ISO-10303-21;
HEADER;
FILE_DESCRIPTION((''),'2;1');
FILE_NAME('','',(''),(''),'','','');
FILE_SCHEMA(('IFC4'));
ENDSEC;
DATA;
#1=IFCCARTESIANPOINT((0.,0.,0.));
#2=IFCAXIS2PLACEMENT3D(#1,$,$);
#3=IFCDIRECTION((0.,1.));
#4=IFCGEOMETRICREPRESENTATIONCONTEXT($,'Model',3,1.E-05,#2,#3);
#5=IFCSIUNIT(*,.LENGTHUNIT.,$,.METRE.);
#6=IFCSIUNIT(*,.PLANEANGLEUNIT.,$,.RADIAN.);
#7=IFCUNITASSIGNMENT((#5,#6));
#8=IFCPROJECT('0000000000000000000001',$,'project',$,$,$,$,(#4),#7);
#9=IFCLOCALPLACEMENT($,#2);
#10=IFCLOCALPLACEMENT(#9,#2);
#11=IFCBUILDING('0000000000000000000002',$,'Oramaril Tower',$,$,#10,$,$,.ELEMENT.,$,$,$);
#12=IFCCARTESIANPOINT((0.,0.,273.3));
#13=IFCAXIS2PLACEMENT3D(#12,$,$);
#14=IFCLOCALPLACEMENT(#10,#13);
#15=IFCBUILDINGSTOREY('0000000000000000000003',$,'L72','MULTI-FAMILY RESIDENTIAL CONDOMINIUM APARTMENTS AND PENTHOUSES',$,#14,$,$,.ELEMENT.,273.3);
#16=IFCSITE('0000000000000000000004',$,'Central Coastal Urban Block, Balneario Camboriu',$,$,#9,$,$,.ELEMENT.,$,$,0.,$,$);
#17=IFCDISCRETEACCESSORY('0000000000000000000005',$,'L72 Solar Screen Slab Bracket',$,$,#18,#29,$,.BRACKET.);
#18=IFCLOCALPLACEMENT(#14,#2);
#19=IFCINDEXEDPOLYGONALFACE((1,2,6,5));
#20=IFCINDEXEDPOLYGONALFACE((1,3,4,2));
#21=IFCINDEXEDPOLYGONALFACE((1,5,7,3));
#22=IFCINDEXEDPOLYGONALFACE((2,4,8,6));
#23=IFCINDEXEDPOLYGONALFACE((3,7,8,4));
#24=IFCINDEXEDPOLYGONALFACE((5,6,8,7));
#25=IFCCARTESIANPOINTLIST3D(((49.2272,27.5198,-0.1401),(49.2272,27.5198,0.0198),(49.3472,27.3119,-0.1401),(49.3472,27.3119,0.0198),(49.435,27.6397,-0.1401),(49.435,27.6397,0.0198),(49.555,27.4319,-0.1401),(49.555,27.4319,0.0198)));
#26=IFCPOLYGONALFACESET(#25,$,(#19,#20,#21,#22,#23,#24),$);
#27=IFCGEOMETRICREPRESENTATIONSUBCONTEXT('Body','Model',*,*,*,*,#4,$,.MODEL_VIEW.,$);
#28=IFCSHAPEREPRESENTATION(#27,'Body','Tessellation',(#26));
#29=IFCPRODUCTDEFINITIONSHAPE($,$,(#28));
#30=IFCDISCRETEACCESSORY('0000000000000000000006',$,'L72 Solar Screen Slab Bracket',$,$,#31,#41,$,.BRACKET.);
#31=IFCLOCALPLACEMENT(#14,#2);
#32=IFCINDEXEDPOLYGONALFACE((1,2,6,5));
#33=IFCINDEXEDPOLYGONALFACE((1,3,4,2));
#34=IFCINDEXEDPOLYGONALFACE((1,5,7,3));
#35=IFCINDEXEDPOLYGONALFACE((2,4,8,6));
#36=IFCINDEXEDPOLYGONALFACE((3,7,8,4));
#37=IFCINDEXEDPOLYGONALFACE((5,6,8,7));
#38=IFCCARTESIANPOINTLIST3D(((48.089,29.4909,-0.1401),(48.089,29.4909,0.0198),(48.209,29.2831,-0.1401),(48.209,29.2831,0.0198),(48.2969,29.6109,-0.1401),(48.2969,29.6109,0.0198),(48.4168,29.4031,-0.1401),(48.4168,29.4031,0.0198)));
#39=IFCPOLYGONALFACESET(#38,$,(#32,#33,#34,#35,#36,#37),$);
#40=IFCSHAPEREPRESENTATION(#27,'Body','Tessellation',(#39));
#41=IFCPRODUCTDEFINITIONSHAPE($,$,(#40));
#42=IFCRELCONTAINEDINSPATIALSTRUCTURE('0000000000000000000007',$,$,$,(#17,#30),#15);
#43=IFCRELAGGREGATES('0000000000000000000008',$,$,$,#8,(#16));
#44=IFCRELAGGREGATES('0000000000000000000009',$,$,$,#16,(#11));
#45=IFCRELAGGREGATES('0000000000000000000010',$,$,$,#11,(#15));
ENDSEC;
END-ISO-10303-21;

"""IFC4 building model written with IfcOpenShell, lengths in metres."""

from ifc_helpers import new_model, si_unit, direction, frame, origin, origin_2d, place, context, subcontext, project, spatial, rectangle, extrude, element, save


model = new_model("IFC4")

# Units and contexts
model_context = context("Model", 3, precision=1e-05, world=origin(), true_north=direction((0.0, 1.0)))
body_context = subcontext(model_context, "Body", "Model", "MODEL_VIEW")
ifc_project = project(units=[si_unit("LENGTHUNIT", "METRE"), si_unit("PLANEANGLEUNIT", "RADIAN")], contexts=[model_context])

# Site, building, storey
site_placement = place(None, origin())
site = spatial("IfcSite", under=ifc_project, at=site_placement, Name="Central Coastal Urban Block, Balneario Camboriu", CompositionType="ELEMENT", RefElevation=0.0)
building_placement = place(site_placement, origin())
building = spatial("IfcBuilding", under=site, at=building_placement, Name="Oramaril Tower", CompositionType="ELEMENT")
storey_placement = place(building_placement, frame((0.0, 0.0, 273.3)))
storey = spatial("IfcBuildingStorey", under=building, at=storey_placement, Name="L72", Description="MULTI-FAMILY RESIDENTIAL CONDOMINIUM APARTMENTS AND PENTHOUSES", CompositionType="ELEMENT", Elevation=273.3)

# Discrete accessories
for number, where, z_axis, x_axis, name in (
    (1, (49.3911, 27.4758, -0.1401), (0.0, 0.0, 1.0), (-0.499998, 0.866026, 0.0), "L72 Solar Screen Slab Bracket"),
    (2, (48.2529, 29.447, -0.1401), (0.0, 0.0, 1.0), (-0.499998, 0.866026, 0.0), "L72 Solar Screen Slab Bracket"),
):
    element("IfcDiscreteAccessory", number, at=place(storey_placement, frame(where, z_axis=z_axis, x_axis=x_axis)), inside=storey, Name=name, PredefinedType="BRACKET", context=body_context, shape_type="SweptSolid", body=[
        extrude(rectangle(XDim=0.24, YDim=0.24, at=origin_2d()), origin(), (0.0, 0.0, 1.0), 0.1599),
    ])

save(model, "model.ifc")
